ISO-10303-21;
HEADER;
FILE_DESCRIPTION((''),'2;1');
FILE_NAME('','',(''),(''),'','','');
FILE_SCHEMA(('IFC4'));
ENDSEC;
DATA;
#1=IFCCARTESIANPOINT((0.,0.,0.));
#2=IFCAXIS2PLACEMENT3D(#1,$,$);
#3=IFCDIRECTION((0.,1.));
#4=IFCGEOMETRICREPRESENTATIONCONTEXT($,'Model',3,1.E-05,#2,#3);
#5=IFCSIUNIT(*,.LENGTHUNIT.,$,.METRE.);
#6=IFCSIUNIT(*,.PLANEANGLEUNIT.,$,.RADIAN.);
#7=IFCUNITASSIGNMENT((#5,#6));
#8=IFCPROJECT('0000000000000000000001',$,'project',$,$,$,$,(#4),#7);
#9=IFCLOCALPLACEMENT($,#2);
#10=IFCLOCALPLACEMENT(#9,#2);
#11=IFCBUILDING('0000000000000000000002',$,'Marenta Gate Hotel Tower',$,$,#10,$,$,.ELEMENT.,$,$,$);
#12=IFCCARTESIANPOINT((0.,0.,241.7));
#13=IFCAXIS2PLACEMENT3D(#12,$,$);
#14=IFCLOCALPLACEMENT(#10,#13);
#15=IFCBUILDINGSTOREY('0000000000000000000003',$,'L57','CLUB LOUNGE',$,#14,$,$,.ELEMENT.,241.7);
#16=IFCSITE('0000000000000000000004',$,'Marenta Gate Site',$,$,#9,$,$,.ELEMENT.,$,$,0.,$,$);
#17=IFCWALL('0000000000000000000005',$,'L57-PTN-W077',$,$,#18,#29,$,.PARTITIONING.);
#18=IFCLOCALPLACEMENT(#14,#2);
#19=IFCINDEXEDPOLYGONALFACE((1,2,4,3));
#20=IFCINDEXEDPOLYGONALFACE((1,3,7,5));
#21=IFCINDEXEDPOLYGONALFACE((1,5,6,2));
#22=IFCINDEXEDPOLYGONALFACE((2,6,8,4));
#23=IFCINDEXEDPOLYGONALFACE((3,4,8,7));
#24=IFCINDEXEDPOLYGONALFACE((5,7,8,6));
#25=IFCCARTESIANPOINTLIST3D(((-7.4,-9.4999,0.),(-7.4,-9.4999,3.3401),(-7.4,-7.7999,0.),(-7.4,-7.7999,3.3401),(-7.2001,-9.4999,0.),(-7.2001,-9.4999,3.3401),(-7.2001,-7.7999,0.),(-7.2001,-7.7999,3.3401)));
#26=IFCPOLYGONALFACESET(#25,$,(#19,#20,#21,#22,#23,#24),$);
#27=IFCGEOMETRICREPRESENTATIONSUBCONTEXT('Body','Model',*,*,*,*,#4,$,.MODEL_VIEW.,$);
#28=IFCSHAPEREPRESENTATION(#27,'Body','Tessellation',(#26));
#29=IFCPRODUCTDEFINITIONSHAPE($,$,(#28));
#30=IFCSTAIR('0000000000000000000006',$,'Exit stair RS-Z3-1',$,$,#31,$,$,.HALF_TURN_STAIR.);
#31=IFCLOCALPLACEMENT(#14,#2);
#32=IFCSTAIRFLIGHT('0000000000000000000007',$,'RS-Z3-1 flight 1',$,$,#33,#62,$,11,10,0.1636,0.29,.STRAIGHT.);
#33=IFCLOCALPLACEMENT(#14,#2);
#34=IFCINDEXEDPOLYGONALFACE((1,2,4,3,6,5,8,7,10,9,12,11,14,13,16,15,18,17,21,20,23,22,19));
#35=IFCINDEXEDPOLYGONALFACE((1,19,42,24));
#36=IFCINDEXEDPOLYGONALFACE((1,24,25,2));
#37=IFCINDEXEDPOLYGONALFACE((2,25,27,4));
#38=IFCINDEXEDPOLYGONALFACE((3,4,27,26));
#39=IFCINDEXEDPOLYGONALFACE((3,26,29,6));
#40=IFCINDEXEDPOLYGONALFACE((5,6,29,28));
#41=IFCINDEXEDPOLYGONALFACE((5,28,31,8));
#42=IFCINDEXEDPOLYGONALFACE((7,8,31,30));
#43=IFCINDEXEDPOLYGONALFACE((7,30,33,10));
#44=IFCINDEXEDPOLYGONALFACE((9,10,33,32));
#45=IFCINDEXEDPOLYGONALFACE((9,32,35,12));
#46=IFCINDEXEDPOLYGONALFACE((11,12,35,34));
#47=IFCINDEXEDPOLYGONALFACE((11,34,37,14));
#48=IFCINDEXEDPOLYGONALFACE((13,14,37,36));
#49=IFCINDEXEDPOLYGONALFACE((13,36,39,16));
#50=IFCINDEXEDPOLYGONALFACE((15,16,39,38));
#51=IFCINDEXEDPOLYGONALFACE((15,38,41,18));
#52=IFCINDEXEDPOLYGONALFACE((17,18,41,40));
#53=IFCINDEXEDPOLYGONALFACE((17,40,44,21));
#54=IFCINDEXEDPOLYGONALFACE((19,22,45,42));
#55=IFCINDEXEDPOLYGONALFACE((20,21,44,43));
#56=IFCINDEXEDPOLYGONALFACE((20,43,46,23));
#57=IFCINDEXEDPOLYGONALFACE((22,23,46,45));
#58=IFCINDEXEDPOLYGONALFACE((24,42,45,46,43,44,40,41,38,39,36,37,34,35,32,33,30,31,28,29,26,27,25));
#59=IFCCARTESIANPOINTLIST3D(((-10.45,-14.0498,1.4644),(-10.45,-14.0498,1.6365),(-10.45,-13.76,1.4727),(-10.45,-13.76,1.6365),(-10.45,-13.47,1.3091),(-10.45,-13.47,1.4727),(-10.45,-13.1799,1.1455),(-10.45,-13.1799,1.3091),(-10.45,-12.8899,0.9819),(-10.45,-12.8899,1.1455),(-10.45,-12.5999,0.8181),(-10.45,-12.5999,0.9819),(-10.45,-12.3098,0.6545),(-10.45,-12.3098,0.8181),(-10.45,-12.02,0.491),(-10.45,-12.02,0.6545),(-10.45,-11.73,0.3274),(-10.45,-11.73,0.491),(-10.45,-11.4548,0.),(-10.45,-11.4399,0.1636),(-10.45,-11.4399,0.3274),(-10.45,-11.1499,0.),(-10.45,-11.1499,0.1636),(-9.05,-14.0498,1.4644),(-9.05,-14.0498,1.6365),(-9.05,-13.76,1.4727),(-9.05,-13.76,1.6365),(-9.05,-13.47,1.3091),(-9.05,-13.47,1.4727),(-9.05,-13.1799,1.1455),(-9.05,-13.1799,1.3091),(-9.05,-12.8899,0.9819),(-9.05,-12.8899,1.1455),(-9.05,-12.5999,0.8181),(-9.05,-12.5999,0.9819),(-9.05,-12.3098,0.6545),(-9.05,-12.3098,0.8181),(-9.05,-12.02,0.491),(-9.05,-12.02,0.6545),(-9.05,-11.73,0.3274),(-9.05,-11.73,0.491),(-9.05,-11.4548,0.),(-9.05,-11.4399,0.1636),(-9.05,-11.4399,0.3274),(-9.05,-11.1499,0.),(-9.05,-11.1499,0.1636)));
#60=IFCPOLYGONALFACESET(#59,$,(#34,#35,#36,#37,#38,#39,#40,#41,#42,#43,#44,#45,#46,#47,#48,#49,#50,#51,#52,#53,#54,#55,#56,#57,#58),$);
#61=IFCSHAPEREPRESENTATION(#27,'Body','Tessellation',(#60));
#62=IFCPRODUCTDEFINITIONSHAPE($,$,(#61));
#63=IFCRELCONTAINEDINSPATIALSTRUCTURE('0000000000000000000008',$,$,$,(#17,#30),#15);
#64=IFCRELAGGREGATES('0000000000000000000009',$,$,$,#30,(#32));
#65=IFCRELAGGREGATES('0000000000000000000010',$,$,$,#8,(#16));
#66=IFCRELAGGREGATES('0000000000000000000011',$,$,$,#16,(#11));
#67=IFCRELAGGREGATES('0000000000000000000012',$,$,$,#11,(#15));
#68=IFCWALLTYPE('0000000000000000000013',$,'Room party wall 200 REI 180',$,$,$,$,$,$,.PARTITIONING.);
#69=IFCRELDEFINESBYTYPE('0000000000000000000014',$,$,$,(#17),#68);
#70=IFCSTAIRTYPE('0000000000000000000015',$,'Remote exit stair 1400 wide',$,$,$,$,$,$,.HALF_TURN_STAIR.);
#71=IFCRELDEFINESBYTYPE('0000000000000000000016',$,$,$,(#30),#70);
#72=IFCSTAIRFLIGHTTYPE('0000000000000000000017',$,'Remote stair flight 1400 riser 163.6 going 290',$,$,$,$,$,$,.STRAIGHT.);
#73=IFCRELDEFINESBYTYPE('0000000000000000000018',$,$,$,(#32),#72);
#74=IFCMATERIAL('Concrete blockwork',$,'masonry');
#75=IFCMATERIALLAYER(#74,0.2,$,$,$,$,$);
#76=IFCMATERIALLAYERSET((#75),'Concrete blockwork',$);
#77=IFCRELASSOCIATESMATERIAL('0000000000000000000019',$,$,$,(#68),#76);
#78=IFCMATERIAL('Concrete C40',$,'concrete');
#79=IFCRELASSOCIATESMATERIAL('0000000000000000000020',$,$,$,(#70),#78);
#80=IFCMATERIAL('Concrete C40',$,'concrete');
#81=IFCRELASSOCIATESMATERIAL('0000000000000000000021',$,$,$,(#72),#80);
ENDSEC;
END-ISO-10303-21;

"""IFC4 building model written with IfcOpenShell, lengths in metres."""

from ifc_helpers import new_model, si_unit, direction, frame, frame_2d, origin, place, context, subcontext, project, spatial, polyline, rectangle, outline, extrude, material, layer, layer_set, type_object, element, aggregate, save


model = new_model("IFC4")

# Units and contexts
model_context = context("Model", 3, precision=1e-05, world=origin(), true_north=direction((0.0, 1.0)))
body_context = subcontext(model_context, "Body", "Model", "MODEL_VIEW")
ifc_project = project(units=[si_unit("LENGTHUNIT", "METRE"), si_unit("PLANEANGLEUNIT", "RADIAN")], contexts=[model_context])

# Site, building, storey
site_placement = place(None, origin())
site = spatial("IfcSite", under=ifc_project, at=site_placement, Name="Marenta Gate Site", CompositionType="ELEMENT", RefElevation=0.0)
building_placement = place(site_placement, origin())
building = spatial("IfcBuilding", under=site, at=building_placement, Name="Marenta Gate Hotel Tower", CompositionType="ELEMENT")
storey_placement = place(building_placement, frame((0.0, 0.0, 241.7)))
storey = spatial("IfcBuildingStorey", under=building, at=storey_placement, Name="L57", Description="CLUB LOUNGE", CompositionType="ELEMENT", Elevation=241.7)

# Wall
ifc_material_1 = material(Name="Concrete blockwork", Category="masonry")
ifc_layer_1 = layer(ifc_material_1, 0.2)
ifc_layer_set_1 = layer_set([ifc_layer_1], Name="Concrete blockwork")
wall_type_1 = type_object("IfcWallType", Name="Room party wall 200 REI 180", PredefinedType="PARTITIONING", material=ifc_layer_set_1)
wall_1_placement = place(storey_placement, frame((-7.3, -9.5, 0.0), z_axis=(0.0, 0.0, 1.0), x_axis=(0.0, 1.0, 0.0)))
element("IfcWall", 1, at=wall_1_placement, inside=storey, type_object=wall_type_1, Name="L57-PTN-W077", PredefinedType="PARTITIONING", context=body_context, shape_type="SweptSolid", body=[
    extrude(rectangle(XDim=1.7, YDim=0.2, at=frame_2d((0.8501, 0.0))), origin(), (0.0, 0.0, 1.0), 3.3401),
])

# Stair, stair flight
ifc_material_2 = material(Name="Concrete C40", Category="concrete")
stair_type = type_object("IfcStairType", Name="Remote exit stair 1400 wide", PredefinedType="HALF_TURN_STAIR", material=ifc_material_2)
stair_placement = place(storey_placement, origin())
stair = element("IfcStair", 2, at=stair_placement, inside=storey, type_object=stair_type, Name="Exit stair RS-Z3-1", PredefinedType="HALF_TURN_STAIR")
ifc_material_3 = material(Name="Concrete C40", Category="concrete")
stair_flight_type = type_object("IfcStairFlightType", Name="Remote stair flight 1400 riser 163.6 going 290", PredefinedType="STRAIGHT", material=ifc_material_3)
stair_flight_placement = place(storey_placement, frame((-9.75, -11.1499, 0.0), z_axis=(0.0, 0.0, 1.0), x_axis=(0.0, -1.0, 0.0)))
stair_flight = element("IfcStairFlight", 3, at=stair_flight_placement, type_object=stair_flight_type, Name="RS-Z3-1 flight 1", NumberOfRisers=11, NumberOfTreads=10, PredefinedType="STRAIGHT", RiserHeight=0.1636, TreadLength=0.29, context=body_context, shape_type="SweptSolid", body=[
    extrude(outline(polyline([(0.0, 0.0), (0.0, 0.1636), (0.29, 0.1636), (0.29, 0.3274), (0.5801, 0.3274), (0.5801, 0.491), (0.8701, 0.491), (0.8701, 0.6545), (1.1599, 0.6545), (1.1599, 0.8181), (1.45, 0.8181), (1.45, 0.9819), (1.74, 0.9819), (1.74, 1.1455), (2.03, 1.1455), (2.03, 1.3091), (2.3201, 1.3091), (2.3201, 1.4727), (2.6101, 1.4727), (2.6101, 1.6365), (2.8999, 1.6365), (2.8999, 1.8), (2.8999, 1.4644), (0.3049, 0.0), (0.0, 0.0)])), frame((0.0, 0.7, 0.0), z_axis=(0.0, -1.0, 0.0), x_axis=(1.0, 0.0, 0.0)), (0.0, 0.0, 1.0), 1.3999),
])
aggregate(stair, [stair_flight])

save(model, "model.ifc")
